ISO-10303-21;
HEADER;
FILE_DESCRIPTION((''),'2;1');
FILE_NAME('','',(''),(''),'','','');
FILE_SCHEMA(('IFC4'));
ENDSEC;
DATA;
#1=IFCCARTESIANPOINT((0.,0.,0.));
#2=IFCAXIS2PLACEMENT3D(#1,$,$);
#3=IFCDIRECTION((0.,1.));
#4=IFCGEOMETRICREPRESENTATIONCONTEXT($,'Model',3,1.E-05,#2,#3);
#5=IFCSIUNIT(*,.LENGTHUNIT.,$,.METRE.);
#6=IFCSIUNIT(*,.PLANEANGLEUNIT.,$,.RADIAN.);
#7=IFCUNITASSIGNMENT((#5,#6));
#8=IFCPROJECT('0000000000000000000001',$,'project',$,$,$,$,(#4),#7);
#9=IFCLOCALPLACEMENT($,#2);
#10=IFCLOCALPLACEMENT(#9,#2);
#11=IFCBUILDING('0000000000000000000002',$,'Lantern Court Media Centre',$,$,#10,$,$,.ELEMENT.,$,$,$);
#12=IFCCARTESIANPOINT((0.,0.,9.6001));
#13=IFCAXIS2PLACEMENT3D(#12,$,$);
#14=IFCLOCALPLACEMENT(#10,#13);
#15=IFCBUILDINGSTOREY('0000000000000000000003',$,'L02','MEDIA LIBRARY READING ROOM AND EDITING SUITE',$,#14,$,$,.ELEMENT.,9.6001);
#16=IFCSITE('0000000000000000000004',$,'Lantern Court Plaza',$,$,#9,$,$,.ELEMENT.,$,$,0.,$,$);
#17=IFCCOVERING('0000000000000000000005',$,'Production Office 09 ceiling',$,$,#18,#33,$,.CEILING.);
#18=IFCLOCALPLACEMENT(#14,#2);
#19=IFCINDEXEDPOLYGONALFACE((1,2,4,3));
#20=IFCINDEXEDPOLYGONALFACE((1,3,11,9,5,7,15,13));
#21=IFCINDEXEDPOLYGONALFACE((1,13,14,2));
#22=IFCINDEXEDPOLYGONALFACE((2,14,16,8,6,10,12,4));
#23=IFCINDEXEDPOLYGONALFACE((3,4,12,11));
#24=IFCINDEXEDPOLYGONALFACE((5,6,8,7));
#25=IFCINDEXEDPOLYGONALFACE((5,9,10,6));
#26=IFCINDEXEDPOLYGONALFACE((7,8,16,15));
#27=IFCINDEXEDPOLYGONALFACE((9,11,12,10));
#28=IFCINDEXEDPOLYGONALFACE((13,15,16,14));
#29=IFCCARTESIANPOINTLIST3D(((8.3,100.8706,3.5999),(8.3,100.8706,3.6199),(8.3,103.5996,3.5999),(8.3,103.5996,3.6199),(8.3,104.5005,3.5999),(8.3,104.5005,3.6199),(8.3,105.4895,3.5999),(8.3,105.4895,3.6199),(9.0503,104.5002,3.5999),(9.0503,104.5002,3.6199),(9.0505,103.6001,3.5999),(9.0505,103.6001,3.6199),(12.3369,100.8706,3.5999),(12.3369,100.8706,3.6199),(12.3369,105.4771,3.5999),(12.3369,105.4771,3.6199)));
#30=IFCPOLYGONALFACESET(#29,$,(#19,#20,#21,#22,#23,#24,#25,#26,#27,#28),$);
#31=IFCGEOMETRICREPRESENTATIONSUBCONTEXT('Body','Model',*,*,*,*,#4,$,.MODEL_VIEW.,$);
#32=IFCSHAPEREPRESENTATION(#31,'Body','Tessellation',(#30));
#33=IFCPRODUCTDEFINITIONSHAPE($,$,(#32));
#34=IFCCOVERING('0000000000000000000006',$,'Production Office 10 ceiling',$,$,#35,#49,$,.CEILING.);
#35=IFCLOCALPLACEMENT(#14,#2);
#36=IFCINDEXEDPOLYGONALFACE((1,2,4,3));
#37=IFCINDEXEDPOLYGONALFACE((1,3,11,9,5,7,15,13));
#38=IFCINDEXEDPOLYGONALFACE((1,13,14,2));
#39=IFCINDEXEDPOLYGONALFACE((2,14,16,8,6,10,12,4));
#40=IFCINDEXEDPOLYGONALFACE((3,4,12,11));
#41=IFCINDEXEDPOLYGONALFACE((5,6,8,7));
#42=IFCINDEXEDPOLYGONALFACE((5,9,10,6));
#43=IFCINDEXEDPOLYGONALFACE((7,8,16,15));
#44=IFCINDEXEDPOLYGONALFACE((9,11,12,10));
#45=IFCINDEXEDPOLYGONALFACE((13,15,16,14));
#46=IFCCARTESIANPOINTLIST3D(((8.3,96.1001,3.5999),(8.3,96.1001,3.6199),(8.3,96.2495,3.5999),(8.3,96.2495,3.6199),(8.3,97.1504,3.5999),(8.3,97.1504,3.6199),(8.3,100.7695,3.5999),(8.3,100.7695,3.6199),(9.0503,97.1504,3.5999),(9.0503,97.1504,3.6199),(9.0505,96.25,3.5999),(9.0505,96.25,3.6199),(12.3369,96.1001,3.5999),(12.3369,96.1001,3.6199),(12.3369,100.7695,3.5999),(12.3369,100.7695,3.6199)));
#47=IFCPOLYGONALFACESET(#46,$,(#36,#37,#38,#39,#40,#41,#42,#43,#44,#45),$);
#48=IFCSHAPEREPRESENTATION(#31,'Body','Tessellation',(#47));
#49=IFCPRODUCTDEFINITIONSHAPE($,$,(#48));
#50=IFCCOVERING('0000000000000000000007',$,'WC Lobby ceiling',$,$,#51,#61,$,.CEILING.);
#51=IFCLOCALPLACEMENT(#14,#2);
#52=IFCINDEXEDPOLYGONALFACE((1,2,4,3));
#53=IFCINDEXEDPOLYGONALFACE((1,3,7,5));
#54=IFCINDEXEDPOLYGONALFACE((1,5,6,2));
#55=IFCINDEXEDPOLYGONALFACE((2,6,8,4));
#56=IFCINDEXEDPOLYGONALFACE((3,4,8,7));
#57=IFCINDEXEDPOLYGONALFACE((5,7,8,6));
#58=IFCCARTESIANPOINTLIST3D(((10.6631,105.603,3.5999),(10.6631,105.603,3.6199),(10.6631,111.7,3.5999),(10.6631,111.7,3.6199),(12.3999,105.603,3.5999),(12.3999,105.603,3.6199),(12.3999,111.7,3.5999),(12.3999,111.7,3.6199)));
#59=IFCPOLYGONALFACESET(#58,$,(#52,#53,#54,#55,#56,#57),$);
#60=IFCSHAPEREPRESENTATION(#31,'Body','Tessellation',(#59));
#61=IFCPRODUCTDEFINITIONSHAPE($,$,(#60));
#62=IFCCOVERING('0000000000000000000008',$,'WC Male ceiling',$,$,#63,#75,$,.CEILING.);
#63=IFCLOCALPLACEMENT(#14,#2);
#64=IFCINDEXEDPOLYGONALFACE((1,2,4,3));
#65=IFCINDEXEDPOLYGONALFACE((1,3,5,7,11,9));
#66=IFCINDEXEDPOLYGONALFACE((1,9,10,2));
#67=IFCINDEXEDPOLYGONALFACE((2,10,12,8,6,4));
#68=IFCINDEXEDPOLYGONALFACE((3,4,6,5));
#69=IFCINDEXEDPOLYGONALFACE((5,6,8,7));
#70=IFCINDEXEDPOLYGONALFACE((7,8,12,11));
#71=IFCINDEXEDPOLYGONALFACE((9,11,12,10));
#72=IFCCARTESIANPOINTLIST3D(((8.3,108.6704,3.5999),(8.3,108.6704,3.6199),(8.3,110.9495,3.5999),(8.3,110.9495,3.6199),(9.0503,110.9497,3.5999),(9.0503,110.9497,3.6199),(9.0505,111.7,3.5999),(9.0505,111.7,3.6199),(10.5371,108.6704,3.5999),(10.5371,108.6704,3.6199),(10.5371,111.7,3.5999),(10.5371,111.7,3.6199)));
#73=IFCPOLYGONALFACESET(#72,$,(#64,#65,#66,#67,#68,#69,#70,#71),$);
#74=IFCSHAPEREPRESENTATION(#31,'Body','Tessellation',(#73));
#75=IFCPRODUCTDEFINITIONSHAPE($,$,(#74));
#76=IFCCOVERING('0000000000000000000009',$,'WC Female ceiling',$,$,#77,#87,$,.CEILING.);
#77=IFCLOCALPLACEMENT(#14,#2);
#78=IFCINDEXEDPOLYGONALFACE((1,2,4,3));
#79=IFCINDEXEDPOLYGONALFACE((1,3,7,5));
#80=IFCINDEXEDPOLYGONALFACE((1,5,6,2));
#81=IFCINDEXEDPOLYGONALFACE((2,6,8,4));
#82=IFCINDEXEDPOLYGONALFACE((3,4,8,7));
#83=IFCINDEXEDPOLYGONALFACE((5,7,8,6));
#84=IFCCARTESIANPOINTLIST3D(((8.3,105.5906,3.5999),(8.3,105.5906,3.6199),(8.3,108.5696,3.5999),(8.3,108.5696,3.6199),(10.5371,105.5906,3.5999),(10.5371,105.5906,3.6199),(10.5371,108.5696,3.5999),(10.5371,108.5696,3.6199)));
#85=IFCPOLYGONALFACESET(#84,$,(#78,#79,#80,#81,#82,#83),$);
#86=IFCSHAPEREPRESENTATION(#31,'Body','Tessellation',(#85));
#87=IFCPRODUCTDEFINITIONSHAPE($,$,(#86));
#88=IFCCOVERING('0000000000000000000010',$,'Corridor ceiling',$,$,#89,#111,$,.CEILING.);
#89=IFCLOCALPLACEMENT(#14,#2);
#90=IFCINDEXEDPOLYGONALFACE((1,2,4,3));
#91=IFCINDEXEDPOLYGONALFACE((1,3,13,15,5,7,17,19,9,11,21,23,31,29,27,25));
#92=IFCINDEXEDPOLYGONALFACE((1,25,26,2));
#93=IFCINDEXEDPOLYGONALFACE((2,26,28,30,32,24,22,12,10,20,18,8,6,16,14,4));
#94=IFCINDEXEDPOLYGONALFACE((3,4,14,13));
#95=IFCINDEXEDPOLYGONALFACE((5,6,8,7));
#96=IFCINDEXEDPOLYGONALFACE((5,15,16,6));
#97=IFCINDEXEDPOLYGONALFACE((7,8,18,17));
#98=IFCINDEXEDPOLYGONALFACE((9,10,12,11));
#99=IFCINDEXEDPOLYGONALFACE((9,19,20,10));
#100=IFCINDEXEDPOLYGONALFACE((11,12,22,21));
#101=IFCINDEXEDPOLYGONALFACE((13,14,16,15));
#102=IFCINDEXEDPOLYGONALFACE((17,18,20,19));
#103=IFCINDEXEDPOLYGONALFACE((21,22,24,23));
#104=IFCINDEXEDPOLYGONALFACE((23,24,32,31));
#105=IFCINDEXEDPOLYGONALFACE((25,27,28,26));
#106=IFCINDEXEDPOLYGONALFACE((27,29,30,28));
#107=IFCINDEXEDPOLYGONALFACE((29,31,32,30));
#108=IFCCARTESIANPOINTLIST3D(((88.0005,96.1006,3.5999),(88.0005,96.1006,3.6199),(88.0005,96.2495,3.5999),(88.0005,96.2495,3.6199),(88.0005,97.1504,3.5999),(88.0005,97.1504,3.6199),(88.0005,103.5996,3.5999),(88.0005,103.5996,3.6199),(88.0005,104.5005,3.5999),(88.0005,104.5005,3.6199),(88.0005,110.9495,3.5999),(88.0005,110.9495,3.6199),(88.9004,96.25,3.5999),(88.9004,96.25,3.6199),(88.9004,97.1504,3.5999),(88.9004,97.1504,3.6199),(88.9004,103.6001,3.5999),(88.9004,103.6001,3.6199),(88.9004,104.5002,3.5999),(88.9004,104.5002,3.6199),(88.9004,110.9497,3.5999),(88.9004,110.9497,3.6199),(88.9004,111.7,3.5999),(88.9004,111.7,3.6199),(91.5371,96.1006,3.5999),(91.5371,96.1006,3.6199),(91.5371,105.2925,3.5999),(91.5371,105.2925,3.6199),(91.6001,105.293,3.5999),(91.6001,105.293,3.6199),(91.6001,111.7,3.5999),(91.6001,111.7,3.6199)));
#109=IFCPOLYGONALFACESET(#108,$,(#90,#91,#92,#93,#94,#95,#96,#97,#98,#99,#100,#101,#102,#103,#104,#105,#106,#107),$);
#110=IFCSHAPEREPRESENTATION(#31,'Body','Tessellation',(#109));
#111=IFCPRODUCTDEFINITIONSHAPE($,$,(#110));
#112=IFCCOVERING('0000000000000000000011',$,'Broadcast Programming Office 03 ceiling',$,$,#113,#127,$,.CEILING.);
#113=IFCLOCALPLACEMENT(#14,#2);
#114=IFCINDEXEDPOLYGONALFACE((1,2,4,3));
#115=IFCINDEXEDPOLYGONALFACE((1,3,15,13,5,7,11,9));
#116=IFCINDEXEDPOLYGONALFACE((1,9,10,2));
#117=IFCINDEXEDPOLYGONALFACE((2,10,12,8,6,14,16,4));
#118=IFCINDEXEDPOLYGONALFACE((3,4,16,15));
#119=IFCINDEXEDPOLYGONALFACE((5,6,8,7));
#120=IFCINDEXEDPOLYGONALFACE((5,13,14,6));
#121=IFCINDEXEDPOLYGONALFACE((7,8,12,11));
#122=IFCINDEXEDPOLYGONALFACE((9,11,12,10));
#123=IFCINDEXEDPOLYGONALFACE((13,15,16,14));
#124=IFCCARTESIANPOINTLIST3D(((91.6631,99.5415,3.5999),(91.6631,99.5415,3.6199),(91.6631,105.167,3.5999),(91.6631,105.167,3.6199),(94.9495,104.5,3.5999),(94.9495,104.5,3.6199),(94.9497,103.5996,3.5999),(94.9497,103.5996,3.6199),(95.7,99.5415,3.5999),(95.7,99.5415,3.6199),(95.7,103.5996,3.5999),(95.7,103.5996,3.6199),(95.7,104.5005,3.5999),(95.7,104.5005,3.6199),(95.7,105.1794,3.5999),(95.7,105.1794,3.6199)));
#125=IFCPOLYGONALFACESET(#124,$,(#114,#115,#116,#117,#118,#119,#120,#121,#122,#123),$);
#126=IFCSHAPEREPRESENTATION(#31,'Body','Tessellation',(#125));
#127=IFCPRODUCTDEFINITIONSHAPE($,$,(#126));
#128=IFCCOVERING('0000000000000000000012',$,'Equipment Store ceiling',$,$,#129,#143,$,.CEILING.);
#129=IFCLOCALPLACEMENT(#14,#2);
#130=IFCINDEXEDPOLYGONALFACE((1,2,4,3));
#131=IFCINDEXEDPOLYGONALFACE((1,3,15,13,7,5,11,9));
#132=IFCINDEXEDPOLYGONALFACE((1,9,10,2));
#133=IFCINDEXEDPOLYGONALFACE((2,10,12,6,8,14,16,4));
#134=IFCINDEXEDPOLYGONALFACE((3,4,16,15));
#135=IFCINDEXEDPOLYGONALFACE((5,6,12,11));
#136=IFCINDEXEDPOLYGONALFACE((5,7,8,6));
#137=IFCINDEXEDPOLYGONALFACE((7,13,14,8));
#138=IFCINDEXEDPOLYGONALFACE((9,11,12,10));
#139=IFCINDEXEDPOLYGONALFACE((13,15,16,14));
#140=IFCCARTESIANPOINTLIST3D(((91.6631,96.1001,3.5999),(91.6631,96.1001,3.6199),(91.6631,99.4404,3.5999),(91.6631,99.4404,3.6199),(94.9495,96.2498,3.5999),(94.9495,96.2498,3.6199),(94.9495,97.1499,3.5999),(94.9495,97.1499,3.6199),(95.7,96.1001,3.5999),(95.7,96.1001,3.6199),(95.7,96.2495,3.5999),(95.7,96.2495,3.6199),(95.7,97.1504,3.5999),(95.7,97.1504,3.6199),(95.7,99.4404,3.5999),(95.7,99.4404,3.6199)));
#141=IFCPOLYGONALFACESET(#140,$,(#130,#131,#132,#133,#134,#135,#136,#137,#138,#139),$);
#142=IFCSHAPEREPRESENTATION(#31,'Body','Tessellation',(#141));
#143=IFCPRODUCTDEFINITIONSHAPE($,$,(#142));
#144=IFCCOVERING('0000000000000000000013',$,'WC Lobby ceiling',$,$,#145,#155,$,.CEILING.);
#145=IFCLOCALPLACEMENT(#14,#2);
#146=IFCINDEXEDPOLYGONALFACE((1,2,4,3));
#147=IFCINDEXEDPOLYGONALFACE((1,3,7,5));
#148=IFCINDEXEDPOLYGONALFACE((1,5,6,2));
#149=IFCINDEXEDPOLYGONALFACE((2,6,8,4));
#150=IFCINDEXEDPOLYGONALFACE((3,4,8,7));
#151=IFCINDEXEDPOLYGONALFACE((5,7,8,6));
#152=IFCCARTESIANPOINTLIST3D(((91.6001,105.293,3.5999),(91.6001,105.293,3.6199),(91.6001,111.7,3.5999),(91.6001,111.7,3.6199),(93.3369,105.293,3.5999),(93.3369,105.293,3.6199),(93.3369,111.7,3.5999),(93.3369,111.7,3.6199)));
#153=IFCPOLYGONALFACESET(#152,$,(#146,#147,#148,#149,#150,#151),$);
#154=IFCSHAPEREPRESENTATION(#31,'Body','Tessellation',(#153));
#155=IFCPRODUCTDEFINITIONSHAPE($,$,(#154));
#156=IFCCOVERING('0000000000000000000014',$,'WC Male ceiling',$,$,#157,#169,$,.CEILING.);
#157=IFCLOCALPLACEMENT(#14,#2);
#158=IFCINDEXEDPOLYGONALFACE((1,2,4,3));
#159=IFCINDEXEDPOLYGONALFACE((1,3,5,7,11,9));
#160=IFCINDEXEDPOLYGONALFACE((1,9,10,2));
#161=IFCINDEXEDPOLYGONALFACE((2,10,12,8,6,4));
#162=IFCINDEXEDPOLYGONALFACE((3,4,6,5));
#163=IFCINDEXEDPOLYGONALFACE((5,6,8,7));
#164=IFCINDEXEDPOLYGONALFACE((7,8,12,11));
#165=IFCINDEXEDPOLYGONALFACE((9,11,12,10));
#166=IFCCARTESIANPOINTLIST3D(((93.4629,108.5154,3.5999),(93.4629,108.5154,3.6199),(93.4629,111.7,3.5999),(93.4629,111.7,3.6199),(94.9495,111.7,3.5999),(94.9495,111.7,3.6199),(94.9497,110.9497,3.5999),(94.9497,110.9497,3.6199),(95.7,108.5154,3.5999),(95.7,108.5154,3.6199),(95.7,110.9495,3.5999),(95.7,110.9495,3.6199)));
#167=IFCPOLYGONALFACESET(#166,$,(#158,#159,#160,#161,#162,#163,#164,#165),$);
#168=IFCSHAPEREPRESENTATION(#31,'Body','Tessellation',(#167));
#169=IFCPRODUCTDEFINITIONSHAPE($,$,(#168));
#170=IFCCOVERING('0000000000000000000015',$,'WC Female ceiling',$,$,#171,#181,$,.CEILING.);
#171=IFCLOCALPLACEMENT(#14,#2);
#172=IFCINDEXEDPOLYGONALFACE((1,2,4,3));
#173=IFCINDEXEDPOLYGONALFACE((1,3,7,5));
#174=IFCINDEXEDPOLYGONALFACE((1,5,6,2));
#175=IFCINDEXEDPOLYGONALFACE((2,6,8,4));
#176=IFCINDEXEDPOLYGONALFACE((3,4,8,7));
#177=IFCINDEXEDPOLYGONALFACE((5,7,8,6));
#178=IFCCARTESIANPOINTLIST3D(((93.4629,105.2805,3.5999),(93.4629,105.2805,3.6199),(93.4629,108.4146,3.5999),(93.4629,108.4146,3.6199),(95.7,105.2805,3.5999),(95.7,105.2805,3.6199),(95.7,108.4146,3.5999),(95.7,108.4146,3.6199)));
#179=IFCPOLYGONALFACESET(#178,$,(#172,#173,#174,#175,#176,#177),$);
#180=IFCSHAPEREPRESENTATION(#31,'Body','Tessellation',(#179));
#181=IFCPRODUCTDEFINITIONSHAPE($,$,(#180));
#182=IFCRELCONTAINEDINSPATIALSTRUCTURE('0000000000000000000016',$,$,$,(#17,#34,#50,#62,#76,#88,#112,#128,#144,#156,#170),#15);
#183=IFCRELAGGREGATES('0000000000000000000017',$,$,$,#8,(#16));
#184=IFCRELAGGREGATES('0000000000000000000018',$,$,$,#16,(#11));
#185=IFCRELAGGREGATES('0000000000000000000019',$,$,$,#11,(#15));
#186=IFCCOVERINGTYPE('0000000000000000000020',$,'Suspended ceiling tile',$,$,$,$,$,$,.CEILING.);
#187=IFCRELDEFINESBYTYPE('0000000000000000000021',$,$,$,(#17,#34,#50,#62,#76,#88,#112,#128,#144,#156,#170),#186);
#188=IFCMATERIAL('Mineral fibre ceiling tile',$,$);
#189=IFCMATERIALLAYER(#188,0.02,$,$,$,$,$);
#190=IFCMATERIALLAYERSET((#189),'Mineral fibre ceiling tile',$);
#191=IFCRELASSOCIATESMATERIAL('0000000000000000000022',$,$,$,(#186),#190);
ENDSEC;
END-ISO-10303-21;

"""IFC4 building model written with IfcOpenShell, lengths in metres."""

from ifc_helpers import new_model, si_unit, direction, frame, origin, place, context, subcontext, project, spatial, polyline, outline, extrude, material, layer, layer_set, type_object, element, save


model = new_model("IFC4")

# Units and contexts
model_context = context("Model", 3, precision=1e-05, world=origin(), true_north=direction((0.0, 1.0)))
body_context = subcontext(model_context, "Body", "Model", "MODEL_VIEW")
ifc_project = project(units=[si_unit("LENGTHUNIT", "METRE"), si_unit("PLANEANGLEUNIT", "RADIAN")], contexts=[model_context])

# Site, building, storey
site_placement = place(None, origin())
site = spatial("IfcSite", under=ifc_project, at=site_placement, Name="Lantern Court Plaza", CompositionType="ELEMENT", RefElevation=0.0)
building_placement = place(site_placement, origin())
building = spatial("IfcBuilding", under=site, at=building_placement, Name="Lantern Court Media Centre", CompositionType="ELEMENT")
storey_placement = place(building_placement, frame((0.0, 0.0, 9.6001)))
storey = spatial("IfcBuildingStorey", under=building, at=storey_placement, Name="L02", Description="MEDIA LIBRARY READING ROOM AND EDITING SUITE", CompositionType="ELEMENT", Elevation=9.6001)

# Coverings
ifc_material = material(Name="Mineral fibre ceiling tile")
ifc_layer = layer(ifc_material, 0.02)
ifc_layer_set = layer_set([ifc_layer], Name="Mineral fibre ceiling tile")
covering_type = type_object("IfcCoveringType", Name="Suspended ceiling tile", PredefinedType="CEILING", material=ifc_layer_set)
covering_1_placement = place(storey_placement, frame((0.0, 0.0, 3.5999)))
element("IfcCovering", 1, at=covering_1_placement, inside=storey, type_object=covering_type, Name="Production Office 09 ceiling", PredefinedType="CEILING", context=body_context, shape_type="SweptSolid", body=[
    extrude(outline(polyline([(8.3, 105.4895), (12.3369, 105.4771), (12.3369, 100.8706), (8.3, 100.8706), (8.3, 103.5996), (9.0505, 103.6001), (9.0503, 104.5002), (8.3, 104.5005), (8.3, 105.4895)])), origin(), (0.0, 0.0, 1.0), 0.02),
])
covering_2_placement = place(storey_placement, frame((0.0, 0.0, 3.5999)))
element("IfcCovering", 2, at=covering_2_placement, inside=storey, type_object=covering_type, Name="Production Office 10 ceiling", PredefinedType="CEILING", context=body_context, shape_type="SweptSolid", body=[
    extrude(outline(polyline([(8.3, 100.7695), (12.3369, 100.7695), (12.3369, 96.1001), (8.3, 96.1001), (8.3, 96.2495), (9.0505, 96.25), (9.0503, 97.1504), (8.3, 97.1504), (8.3, 100.7695)])), origin(), (0.0, 0.0, 1.0), 0.02),
])
covering_3_placement = place(storey_placement, frame((0.0, 0.0, 3.5999)))
element("IfcCovering", 3, at=covering_3_placement, inside=storey, type_object=covering_type, Name="WC Lobby ceiling", PredefinedType="CEILING", context=body_context, shape_type="SweptSolid", body=[
    extrude(outline(polyline([(12.3999, 111.7), (12.3999, 105.603), (10.6631, 105.603), (10.6631, 111.7), (12.3999, 111.7)])), origin(), (0.0, 0.0, 1.0), 0.02),
])
covering_4_placement = place(storey_placement, frame((0.0, 0.0, 3.5999)))
element("IfcCovering", 4, at=covering_4_placement, inside=storey, type_object=covering_type, Name="WC Male ceiling", PredefinedType="CEILING", context=body_context, shape_type="SweptSolid", body=[
    extrude(outline(polyline([(10.5371, 111.7), (10.5371, 108.6704), (8.3, 108.6704), (8.3, 110.9495), (9.0503, 110.9497), (9.0505, 111.7), (10.5371, 111.7)])), origin(), (0.0, 0.0, 1.0), 0.02),
])
covering_5_placement = place(storey_placement, frame((0.0, 0.0, 3.5999)))
element("IfcCovering", 5, at=covering_5_placement, inside=storey, type_object=covering_type, Name="WC Female ceiling", PredefinedType="CEILING", context=body_context, shape_type="SweptSolid", body=[
    extrude(outline(polyline([(8.3, 108.5696), (10.5371, 108.5696), (10.5371, 105.5906), (8.3, 105.5906), (8.3, 108.5696)])), origin(), (0.0, 0.0, 1.0), 0.02),
])
covering_6_placement = place(storey_placement, frame((0.0, 0.0, 3.5999)))
element("IfcCovering", 6, at=covering_6_placement, inside=storey, type_object=covering_type, Name="Corridor ceiling", PredefinedType="CEILING", context=body_context, shape_type="SweptSolid", body=[
    extrude(outline(polyline([(91.6001, 111.7), (91.6001, 105.293), (91.5371, 105.2925), (91.5371, 96.1006), (88.0005, 96.1006), (88.0005, 96.2495), (88.9004, 96.25), (88.9004, 97.1504), (88.0005, 97.1504), (88.0005, 103.5996), (88.9004, 103.6001), (88.9004, 104.5002), (88.0005, 104.5005), (88.0005, 110.9495), (88.9004, 110.9497), (88.9004, 111.7), (91.6001, 111.7)])), origin(), (0.0, 0.0, 1.0), 0.02),
])
covering_7_placement = place(storey_placement, frame((0.0, 0.0, 3.5999)))
element("IfcCovering", 7, at=covering_7_placement, inside=storey, type_object=covering_type, Name="Broadcast Programming Office 03 ceiling", PredefinedType="CEILING", context=body_context, shape_type="SweptSolid", body=[
    extrude(outline(polyline([(95.7, 99.5415), (91.6631, 99.5415), (91.6631, 105.167), (95.7, 105.1794), (95.7, 104.5005), (94.9495, 104.5), (94.9497, 103.5996), (95.7, 103.5996), (95.7, 99.5415)])), origin(), (0.0, 0.0, 1.0), 0.02),
])
covering_8_placement = place(storey_placement, frame((0.0, 0.0, 3.5999)))
element("IfcCovering", 8, at=covering_8_placement, inside=storey, type_object=covering_type, Name="Equipment Store ceiling", PredefinedType="CEILING", context=body_context, shape_type="SweptSolid", body=[
    extrude(outline(polyline([(95.7, 96.1001), (91.6631, 96.1001), (91.6631, 99.4404), (95.7, 99.4404), (95.7, 97.1504), (94.9495, 97.1499), (94.9495, 96.2498), (95.7, 96.2495), (95.7, 96.1001)])), origin(), (0.0, 0.0, 1.0), 0.02),
])
covering_9_placement = place(storey_placement, frame((0.0, 0.0, 3.5999)))
element("IfcCovering", 9, at=covering_9_placement, inside=storey, type_object=covering_type, Name="WC Lobby ceiling", PredefinedType="CEILING", context=body_context, shape_type="SweptSolid", body=[
    extrude(outline(polyline([(91.6001, 111.7), (93.3369, 111.7), (93.3369, 105.293), (91.6001, 105.293), (91.6001, 111.7)])), origin(), (0.0, 0.0, 1.0), 0.02),
])
covering_10_placement = place(storey_placement, frame((0.0, 0.0, 3.5999)))
element("IfcCovering", 10, at=covering_10_placement, inside=storey, type_object=covering_type, Name="WC Male ceiling", PredefinedType="CEILING", context=body_context, shape_type="SweptSolid", body=[
    extrude(outline(polyline([(95.7, 108.5154), (93.4629, 108.5154), (93.4629, 111.7), (94.9495, 111.7), (94.9497, 110.9497), (95.7, 110.9495), (95.7, 108.5154)])), origin(), (0.0, 0.0, 1.0), 0.02),
])
covering_11_placement = place(storey_placement, frame((0.0, 0.0, 3.5999)))
element("IfcCovering", 11, at=covering_11_placement, inside=storey, type_object=covering_type, Name="WC Female ceiling", PredefinedType="CEILING", context=body_context, shape_type="SweptSolid", body=[
    extrude(outline(polyline([(95.7, 105.2805), (93.4629, 105.2805), (93.4629, 108.4146), (95.7, 108.4146), (95.7, 105.2805)])), origin(), (0.0, 0.0, 1.0), 0.02),
])

save(model, "model.ifc")
